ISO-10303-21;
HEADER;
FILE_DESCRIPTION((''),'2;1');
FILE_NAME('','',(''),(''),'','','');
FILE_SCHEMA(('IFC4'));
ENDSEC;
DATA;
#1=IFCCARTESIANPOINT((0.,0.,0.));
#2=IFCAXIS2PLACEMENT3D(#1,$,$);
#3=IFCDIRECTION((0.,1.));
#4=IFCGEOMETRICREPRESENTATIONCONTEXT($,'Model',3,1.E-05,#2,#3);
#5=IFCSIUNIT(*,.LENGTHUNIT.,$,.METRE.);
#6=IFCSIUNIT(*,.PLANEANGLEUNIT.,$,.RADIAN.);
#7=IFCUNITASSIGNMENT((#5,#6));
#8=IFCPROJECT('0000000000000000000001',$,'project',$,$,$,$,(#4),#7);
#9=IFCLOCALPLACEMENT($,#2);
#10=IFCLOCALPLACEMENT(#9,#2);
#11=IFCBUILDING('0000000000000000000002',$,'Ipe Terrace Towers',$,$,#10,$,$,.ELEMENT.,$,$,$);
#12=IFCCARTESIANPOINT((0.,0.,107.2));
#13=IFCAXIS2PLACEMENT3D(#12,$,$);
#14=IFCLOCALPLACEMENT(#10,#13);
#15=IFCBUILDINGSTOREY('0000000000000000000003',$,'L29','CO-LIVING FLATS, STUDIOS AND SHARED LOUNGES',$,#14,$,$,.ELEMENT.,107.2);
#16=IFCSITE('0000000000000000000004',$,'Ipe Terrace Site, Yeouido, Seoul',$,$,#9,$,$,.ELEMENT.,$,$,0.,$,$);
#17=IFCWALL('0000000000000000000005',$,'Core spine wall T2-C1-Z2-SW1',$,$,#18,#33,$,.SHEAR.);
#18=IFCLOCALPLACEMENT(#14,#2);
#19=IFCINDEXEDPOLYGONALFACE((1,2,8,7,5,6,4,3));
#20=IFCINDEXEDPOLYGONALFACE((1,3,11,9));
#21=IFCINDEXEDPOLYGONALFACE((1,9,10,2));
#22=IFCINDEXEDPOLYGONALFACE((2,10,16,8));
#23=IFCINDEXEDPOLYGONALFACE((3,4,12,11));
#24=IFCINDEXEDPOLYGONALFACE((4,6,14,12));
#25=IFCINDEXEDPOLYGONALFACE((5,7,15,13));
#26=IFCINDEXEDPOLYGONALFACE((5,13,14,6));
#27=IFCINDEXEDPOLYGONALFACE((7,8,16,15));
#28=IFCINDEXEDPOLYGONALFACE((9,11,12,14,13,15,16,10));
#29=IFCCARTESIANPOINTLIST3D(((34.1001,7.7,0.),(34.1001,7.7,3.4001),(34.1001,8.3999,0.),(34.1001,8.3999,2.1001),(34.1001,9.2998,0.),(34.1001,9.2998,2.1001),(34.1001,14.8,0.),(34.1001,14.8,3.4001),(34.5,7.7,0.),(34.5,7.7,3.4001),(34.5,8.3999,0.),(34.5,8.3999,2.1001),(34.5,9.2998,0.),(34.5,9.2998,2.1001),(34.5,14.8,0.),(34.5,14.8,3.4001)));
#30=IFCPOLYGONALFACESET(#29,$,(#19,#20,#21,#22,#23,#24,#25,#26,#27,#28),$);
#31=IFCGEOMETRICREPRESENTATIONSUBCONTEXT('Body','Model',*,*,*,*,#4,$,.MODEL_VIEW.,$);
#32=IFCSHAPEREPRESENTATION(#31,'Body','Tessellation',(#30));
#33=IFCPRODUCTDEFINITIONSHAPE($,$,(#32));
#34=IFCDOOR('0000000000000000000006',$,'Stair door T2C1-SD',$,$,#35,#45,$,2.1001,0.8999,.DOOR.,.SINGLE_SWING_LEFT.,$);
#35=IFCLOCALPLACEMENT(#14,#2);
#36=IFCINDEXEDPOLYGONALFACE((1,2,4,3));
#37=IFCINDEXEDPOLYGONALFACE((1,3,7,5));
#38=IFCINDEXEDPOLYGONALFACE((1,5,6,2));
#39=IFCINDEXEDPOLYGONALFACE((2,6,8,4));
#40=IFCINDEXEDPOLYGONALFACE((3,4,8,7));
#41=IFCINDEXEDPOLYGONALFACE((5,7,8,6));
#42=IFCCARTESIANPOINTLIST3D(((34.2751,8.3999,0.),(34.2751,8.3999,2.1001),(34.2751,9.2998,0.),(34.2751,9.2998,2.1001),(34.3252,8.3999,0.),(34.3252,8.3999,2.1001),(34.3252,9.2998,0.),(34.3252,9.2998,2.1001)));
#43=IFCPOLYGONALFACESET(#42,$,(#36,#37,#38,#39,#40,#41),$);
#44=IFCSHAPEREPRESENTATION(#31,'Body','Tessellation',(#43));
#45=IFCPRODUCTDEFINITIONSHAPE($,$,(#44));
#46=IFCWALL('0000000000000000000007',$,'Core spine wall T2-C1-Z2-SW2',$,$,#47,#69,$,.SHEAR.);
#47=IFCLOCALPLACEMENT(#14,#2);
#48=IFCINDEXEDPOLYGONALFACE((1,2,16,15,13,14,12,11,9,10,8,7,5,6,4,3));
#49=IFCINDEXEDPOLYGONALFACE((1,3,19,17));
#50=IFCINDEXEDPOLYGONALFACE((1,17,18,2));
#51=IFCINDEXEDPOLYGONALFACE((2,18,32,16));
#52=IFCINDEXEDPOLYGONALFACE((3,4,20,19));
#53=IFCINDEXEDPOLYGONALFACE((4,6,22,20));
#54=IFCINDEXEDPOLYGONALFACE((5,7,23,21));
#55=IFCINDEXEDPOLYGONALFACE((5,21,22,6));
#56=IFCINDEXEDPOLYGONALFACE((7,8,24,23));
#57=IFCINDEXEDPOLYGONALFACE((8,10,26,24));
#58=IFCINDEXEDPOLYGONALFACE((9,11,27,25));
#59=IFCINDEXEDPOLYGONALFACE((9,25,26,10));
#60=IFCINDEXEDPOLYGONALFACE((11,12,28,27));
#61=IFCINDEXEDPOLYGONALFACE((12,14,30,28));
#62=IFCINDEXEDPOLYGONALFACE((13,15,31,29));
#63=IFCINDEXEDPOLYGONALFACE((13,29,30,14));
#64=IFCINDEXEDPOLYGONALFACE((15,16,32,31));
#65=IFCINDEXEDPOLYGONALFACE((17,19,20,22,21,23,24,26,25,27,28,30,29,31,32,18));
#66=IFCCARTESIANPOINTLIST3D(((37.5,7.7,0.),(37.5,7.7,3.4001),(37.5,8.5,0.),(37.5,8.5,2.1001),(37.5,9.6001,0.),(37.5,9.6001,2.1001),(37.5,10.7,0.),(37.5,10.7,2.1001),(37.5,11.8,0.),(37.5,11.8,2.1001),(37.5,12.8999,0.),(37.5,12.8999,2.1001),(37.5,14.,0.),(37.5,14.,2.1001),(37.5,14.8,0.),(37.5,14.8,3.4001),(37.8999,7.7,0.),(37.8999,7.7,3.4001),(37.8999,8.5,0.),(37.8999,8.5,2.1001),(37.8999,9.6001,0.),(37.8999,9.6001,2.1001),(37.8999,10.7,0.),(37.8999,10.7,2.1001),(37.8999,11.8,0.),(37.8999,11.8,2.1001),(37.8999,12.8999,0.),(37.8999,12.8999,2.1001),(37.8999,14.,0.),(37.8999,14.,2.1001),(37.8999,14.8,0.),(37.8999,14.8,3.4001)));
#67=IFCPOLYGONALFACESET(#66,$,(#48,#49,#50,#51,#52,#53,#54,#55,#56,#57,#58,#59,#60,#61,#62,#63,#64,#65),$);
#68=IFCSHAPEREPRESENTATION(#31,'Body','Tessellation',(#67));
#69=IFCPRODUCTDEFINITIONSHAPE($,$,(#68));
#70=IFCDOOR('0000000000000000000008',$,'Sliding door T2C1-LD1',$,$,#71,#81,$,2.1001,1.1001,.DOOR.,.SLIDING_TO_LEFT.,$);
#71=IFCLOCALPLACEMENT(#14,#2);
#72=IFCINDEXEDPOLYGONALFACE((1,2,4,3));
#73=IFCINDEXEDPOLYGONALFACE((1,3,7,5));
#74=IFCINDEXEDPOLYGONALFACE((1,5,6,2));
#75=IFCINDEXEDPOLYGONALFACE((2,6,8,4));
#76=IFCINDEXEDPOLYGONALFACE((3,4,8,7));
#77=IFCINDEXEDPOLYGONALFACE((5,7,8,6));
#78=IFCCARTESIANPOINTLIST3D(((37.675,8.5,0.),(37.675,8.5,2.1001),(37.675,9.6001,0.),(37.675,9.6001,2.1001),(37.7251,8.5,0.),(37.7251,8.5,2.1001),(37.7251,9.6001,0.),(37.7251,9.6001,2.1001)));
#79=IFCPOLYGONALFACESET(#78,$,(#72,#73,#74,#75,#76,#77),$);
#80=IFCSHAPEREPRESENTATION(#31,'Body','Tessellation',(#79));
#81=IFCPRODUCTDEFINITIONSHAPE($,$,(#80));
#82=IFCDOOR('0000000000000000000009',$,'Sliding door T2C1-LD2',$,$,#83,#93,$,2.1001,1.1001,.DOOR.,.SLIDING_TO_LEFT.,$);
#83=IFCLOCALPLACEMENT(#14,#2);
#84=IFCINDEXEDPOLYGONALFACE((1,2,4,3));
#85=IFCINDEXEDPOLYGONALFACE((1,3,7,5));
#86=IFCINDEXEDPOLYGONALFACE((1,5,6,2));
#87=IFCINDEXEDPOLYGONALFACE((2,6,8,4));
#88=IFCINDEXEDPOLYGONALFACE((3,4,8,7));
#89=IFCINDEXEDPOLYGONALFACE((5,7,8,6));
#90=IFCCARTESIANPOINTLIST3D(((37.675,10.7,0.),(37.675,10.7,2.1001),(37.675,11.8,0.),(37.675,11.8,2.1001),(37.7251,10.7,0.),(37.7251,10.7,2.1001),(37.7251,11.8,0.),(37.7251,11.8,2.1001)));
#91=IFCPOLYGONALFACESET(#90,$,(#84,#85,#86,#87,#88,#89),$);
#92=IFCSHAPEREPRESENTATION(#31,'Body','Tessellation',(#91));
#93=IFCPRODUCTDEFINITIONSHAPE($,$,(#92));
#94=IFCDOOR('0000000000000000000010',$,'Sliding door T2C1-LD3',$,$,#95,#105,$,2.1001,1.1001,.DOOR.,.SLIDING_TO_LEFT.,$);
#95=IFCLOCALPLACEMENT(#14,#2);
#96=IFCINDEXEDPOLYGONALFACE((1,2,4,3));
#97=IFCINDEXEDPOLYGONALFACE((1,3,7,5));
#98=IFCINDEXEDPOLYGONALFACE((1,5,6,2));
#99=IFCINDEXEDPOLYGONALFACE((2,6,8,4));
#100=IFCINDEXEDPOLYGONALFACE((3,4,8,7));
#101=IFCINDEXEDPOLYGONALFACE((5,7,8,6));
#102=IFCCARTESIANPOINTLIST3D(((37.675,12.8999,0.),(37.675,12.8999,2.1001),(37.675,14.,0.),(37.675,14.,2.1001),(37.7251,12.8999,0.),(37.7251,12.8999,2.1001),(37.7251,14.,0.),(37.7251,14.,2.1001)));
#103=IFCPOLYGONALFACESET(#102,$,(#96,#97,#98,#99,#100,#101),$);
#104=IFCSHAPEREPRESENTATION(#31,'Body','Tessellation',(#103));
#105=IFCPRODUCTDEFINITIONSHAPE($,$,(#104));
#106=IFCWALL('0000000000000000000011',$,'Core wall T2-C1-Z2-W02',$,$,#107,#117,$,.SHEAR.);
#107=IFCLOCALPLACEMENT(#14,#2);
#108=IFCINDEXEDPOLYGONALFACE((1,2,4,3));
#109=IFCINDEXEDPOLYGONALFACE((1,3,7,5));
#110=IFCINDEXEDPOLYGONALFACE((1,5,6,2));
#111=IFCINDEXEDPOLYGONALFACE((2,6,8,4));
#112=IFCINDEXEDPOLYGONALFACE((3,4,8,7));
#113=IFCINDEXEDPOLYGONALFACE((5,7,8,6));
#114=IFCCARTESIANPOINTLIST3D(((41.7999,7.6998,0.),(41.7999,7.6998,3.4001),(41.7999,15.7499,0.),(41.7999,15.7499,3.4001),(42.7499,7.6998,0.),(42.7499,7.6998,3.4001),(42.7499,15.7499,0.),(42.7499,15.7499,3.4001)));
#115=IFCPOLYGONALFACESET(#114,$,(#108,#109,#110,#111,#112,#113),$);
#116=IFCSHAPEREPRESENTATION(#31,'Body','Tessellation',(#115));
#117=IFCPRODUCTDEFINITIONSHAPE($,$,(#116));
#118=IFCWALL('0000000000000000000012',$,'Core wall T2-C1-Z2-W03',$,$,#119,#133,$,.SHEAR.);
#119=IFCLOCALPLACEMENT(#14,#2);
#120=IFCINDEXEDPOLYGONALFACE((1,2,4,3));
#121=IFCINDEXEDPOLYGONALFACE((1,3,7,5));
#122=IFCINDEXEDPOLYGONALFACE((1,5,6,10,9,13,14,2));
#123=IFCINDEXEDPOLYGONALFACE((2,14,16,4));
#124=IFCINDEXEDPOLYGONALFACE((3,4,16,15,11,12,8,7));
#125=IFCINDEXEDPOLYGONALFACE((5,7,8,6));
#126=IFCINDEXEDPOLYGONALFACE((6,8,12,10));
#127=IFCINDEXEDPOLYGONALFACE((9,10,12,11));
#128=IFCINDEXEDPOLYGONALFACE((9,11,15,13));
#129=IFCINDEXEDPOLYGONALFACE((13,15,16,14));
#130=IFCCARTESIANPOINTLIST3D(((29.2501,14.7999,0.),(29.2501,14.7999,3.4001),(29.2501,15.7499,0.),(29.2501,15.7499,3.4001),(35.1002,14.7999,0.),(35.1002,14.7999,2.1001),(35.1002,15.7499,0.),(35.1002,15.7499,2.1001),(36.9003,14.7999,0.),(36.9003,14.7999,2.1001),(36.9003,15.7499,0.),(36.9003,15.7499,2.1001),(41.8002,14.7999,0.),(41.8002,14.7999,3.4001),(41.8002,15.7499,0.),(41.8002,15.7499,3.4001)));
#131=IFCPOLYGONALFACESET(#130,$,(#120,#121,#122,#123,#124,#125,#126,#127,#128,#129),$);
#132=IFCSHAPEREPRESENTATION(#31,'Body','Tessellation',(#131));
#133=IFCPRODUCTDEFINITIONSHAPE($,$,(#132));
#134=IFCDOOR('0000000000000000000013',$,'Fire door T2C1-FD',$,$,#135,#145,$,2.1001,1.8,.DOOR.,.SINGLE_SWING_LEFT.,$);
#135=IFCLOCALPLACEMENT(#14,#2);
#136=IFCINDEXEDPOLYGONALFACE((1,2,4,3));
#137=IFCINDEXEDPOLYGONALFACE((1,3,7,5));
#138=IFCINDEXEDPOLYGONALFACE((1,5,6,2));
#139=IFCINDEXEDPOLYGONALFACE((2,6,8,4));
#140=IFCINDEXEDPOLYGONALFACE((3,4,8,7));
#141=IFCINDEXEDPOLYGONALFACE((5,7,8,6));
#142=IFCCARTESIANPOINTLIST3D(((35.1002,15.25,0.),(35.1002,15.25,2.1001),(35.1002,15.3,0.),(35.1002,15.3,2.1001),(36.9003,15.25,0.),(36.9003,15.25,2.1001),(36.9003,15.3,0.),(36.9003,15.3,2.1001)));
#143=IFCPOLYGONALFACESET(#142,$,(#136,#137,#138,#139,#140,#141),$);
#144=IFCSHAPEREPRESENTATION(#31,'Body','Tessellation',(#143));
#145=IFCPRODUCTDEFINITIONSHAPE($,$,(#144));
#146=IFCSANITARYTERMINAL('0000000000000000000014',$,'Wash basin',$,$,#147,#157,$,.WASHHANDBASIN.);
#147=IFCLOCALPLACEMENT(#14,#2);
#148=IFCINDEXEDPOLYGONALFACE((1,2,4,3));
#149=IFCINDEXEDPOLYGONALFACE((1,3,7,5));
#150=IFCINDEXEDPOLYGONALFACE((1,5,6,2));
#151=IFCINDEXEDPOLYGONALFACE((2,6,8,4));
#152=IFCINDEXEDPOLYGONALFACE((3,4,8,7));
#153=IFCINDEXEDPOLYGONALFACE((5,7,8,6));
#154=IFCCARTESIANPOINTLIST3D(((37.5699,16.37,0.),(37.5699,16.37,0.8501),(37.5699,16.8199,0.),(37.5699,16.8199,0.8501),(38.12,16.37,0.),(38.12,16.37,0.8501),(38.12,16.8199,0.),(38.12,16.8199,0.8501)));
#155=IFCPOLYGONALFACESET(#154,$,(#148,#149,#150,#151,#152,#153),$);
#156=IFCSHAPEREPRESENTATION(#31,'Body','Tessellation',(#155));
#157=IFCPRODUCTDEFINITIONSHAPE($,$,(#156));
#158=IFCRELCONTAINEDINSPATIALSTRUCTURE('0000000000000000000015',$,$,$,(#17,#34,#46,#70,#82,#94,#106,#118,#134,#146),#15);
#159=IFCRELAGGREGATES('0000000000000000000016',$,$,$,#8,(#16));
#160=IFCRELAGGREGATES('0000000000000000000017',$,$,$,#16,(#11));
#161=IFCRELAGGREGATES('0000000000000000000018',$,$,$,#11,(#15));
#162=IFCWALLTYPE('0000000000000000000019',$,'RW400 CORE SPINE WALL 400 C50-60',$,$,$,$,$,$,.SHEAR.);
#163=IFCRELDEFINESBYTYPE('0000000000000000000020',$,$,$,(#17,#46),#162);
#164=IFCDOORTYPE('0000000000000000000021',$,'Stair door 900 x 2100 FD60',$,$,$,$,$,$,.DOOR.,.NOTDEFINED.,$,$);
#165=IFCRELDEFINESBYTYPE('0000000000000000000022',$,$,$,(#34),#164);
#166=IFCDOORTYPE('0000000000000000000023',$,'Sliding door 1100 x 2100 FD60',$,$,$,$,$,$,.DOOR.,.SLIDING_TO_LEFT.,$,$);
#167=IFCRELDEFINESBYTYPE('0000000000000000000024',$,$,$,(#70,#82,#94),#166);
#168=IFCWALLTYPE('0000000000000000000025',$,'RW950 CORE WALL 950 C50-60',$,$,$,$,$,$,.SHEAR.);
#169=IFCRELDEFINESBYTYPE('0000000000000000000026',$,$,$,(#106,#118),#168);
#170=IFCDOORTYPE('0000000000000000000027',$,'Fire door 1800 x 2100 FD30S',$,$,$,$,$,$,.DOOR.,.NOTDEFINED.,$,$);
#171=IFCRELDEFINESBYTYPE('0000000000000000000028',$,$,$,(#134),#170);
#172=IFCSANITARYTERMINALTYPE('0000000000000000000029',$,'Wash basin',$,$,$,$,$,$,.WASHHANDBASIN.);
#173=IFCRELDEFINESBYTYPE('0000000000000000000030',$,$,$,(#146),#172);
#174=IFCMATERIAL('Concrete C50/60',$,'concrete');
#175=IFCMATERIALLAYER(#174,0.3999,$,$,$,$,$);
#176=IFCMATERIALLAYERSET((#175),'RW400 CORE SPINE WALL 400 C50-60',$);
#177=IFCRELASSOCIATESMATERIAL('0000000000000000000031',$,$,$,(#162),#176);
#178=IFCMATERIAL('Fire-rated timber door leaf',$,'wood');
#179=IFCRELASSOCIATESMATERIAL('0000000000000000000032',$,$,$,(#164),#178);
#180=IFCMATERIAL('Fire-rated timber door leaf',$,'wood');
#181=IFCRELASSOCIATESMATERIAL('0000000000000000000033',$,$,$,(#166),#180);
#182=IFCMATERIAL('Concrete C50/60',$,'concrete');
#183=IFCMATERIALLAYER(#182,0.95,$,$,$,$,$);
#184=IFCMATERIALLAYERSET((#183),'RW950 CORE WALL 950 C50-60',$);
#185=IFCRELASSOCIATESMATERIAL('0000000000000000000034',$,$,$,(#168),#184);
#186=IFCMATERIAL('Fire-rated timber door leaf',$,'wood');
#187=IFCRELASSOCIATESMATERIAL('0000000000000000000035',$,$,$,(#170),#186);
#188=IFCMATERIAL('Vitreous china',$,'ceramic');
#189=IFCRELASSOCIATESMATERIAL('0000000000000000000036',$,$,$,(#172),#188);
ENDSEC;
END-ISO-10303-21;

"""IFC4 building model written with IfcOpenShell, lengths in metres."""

from ifc_helpers import new_model, si_unit, direction, frame, frame_2d, origin, origin_2d, place, context, subcontext, project, spatial, rectangle, extrude, material, layer, layer_set, type_object, element, fill, save


model = new_model("IFC4")

# Units and contexts
model_context = context("Model", 3, precision=1e-05, world=origin(), true_north=direction((0.0, 1.0)))
body_context = subcontext(model_context, "Body", "Model", "MODEL_VIEW")
ifc_project = project(units=[si_unit("LENGTHUNIT", "METRE"), si_unit("PLANEANGLEUNIT", "RADIAN")], contexts=[model_context])

# Site, building, storey
site_placement = place(None, origin())
site = spatial("IfcSite", under=ifc_project, at=site_placement, Name="Ipe Terrace Site, Yeouido, Seoul", CompositionType="ELEMENT", RefElevation=0.0)
building_placement = place(site_placement, origin())
building = spatial("IfcBuilding", under=site, at=building_placement, Name="Ipe Terrace Towers", CompositionType="ELEMENT")
storey_placement = place(building_placement, frame((0.0, 0.0, 107.2)))
storey = spatial("IfcBuildingStorey", under=building, at=storey_placement, Name="L29", Description="CO-LIVING FLATS, STUDIOS AND SHARED LOUNGES", CompositionType="ELEMENT", Elevation=107.2)

# Wall, opening, door
ifc_material_1 = material(Name="Concrete C50/60", Category="concrete")
ifc_layer_1 = layer(ifc_material_1, 0.3999)
ifc_layer_set_1 = layer_set([ifc_layer_1], Name="RW400 CORE SPINE WALL 400 C50-60")
wall_type_1 = type_object("IfcWallType", Name="RW400 CORE SPINE WALL 400 C50-60", PredefinedType="SHEAR", material=ifc_layer_set_1)
wall_1_placement = place(storey_placement, frame((34.3, 7.7, 0.0), z_axis=(0.0, 0.0, 1.0), x_axis=(0.0, 1.0, 0.0)))
wall_1 = element("IfcWall", 1, at=wall_1_placement, inside=storey, type_object=wall_type_1, Name="Core spine wall T2-C1-Z2-SW1", PredefinedType="SHEAR", context=body_context, shape_type="SweptSolid", body=[
    extrude(rectangle(XDim=7.1001, YDim=0.3999, at=frame_2d((3.55, 0.0))), origin(), (0.0, 0.0, 1.0), 3.4001),
])
opening_1_placement = place(wall_1_placement, frame((0.7, 0.0, 0.0)))
opening_1 = element("IfcOpeningElement", 2, at=opening_1_placement, cuts=wall_1, PredefinedType="OPENING", context=body_context, shape_type="SweptSolid", body=[
    extrude(rectangle(XDim=0.8999, YDim=2.1001, at=frame_2d((0.45, 1.05))), frame((0.0, 0.21, 0.0), z_axis=(0.0, -1.0, 0.0), x_axis=(1.0, 0.0, 0.0)), (0.0, 0.0, 1.0), 0.4199),
])
ifc_material_2 = material(Name="Fire-rated timber door leaf", Category="wood")
door_type_1 = type_object("IfcDoorType", Name="Stair door 900 x 2100 FD60", OperationType="NOTDEFINED", PredefinedType="DOOR", material=ifc_material_2)
door_1_placement = place(opening_1_placement, origin())
door_1 = element("IfcDoor", 3, at=door_1_placement, inside=storey, type_object=door_type_1, Name="Stair door T2C1-SD", OperationType="SINGLE_SWING_LEFT", OverallHeight=2.1001, OverallWidth=0.8999, PredefinedType="DOOR", context=body_context, shape_type="SweptSolid", body=[
    extrude(rectangle(XDim=0.8999, YDim=2.1001, at=frame_2d((0.45, 1.05))), frame((0.0, 0.0249, 0.0), z_axis=(0.0, -1.0, 0.0), x_axis=(1.0, 0.0, 0.0)), (0.0, 0.0, 1.0), 0.05),
])
fill(opening_1, door_1)

# Wall, openings, doors
wall_2_placement = place(storey_placement, frame((37.7, 7.7, 0.0), z_axis=(0.0, 0.0, 1.0), x_axis=(0.0, 1.0, 0.0)))
wall_2 = element("IfcWall", 4, at=wall_2_placement, inside=storey, type_object=wall_type_1, Name="Core spine wall T2-C1-Z2-SW2", PredefinedType="SHEAR", context=body_context, shape_type="SweptSolid", body=[
    extrude(rectangle(XDim=7.1001, YDim=0.3999, at=frame_2d((3.55, 0.0))), origin(), (0.0, 0.0, 1.0), 3.4001),
])
opening_2_placement = place(wall_2_placement, frame((0.8, 0.0, 0.0)))
opening_2 = element("IfcOpeningElement", 5, at=opening_2_placement, cuts=wall_2, PredefinedType="OPENING", context=body_context, shape_type="SweptSolid", body=[
    extrude(rectangle(XDim=1.1001, YDim=2.1001, at=frame_2d((0.55, 1.05))), frame((0.0, 0.21, 0.0), z_axis=(0.0, -1.0, 0.0), x_axis=(1.0, 0.0, 0.0)), (0.0, 0.0, 1.0), 0.4199),
])
opening_3_placement = place(wall_2_placement, frame((3.0, 0.0, 0.0)))
opening_3 = element("IfcOpeningElement", 6, at=opening_3_placement, cuts=wall_2, PredefinedType="OPENING", context=body_context, shape_type="SweptSolid", body=[
    extrude(rectangle(XDim=1.1001, YDim=2.1001, at=frame_2d((0.55, 1.05))), frame((0.0, 0.21, 0.0), z_axis=(0.0, -1.0, 0.0), x_axis=(1.0, 0.0, 0.0)), (0.0, 0.0, 1.0), 0.4199),
])
opening_4_placement = place(wall_2_placement, frame((5.2, 0.0, 0.0)))
opening_4 = element("IfcOpeningElement", 7, at=opening_4_placement, cuts=wall_2, PredefinedType="OPENING", context=body_context, shape_type="SweptSolid", body=[
    extrude(rectangle(XDim=1.1001, YDim=2.1001, at=frame_2d((0.55, 1.05))), frame((0.0, 0.21, 0.0), z_axis=(0.0, -1.0, 0.0), x_axis=(1.0, 0.0, 0.0)), (0.0, 0.0, 1.0), 0.4199),
])
ifc_material_3 = material(Name="Fire-rated timber door leaf", Category="wood")
door_type_2 = type_object("IfcDoorType", Name="Sliding door 1100 x 2100 FD60", OperationType="SLIDING_TO_LEFT", PredefinedType="DOOR", material=ifc_material_3)
door_2_placement = place(opening_2_placement, origin())
door_2 = element("IfcDoor", 8, at=door_2_placement, inside=storey, type_object=door_type_2, Name="Sliding door T2C1-LD1", OperationType="SLIDING_TO_LEFT", OverallHeight=2.1001, OverallWidth=1.1001, PredefinedType="DOOR", context=body_context, shape_type="SweptSolid", body=[
    extrude(rectangle(XDim=1.1001, YDim=2.1001, at=frame_2d((0.55, 1.05))), frame((0.0, 0.0249, 0.0), z_axis=(0.0, -1.0, 0.0), x_axis=(1.0, 0.0, 0.0)), (0.0, 0.0, 1.0), 0.05),
])
fill(opening_2, door_2)
door_3_placement = place(opening_3_placement, origin())
door_3 = element("IfcDoor", 9, at=door_3_placement, inside=storey, type_object=door_type_2, Name="Sliding door T2C1-LD2", OperationType="SLIDING_TO_LEFT", OverallHeight=2.1001, OverallWidth=1.1001, PredefinedType="DOOR", context=body_context, shape_type="SweptSolid", body=[
    extrude(rectangle(XDim=1.1001, YDim=2.1001, at=frame_2d((0.55, 1.05))), frame((0.0, 0.0249, 0.0), z_axis=(0.0, -1.0, 0.0), x_axis=(1.0, 0.0, 0.0)), (0.0, 0.0, 1.0), 0.05),
])
fill(opening_3, door_3)
door_4_placement = place(opening_4_placement, origin())
door_4 = element("IfcDoor", 10, at=door_4_placement, inside=storey, type_object=door_type_2, Name="Sliding door T2C1-LD3", OperationType="SLIDING_TO_LEFT", OverallHeight=2.1001, OverallWidth=1.1001, PredefinedType="DOOR", context=body_context, shape_type="SweptSolid", body=[
    extrude(rectangle(XDim=1.1001, YDim=2.1001, at=frame_2d((0.55, 1.05))), frame((0.0, 0.0249, 0.0), z_axis=(0.0, -1.0, 0.0), x_axis=(1.0, 0.0, 0.0)), (0.0, 0.0, 1.0), 0.05),
])
fill(opening_4, door_4)

# Wall
ifc_material_4 = material(Name="Concrete C50/60", Category="concrete")
ifc_layer_2 = layer(ifc_material_4, 0.95)
ifc_layer_set_2 = layer_set([ifc_layer_2], Name="RW950 CORE WALL 950 C50-60")
wall_type_2 = type_object("IfcWallType", Name="RW950 CORE WALL 950 C50-60", PredefinedType="SHEAR", material=ifc_layer_set_2)
wall_3_placement = place(storey_placement, frame((42.2749, 7.7, 0.0), z_axis=(0.0, 0.0, 1.0), x_axis=(0.0, 1.0, 0.0)))
element("IfcWall", 11, at=wall_3_placement, inside=storey, type_object=wall_type_2, Name="Core wall T2-C1-Z2-W02", PredefinedType="SHEAR", context=body_context, shape_type="SweptSolid", body=[
    extrude(rectangle(XDim=8.05, YDim=0.95, at=frame_2d((4.0249, 0.0))), origin(), (0.0, 0.0, 1.0), 3.4001),
])

# Wall, opening, door
wall_4_placement = place(storey_placement, frame((41.8, 15.2749, 0.0), z_axis=(0.0, 0.0, 1.0), x_axis=(-1.0, 0.0, 0.0)))
wall_4 = element("IfcWall", 12, at=wall_4_placement, inside=storey, type_object=wall_type_2, Name="Core wall T2-C1-Z2-W03", PredefinedType="SHEAR", context=body_context, shape_type="SweptSolid", body=[
    extrude(rectangle(XDim=12.55, YDim=0.95, at=frame_2d((6.2749, 0.0))), origin(), (0.0, 0.0, 1.0), 3.4001),
])
opening_5_placement = place(wall_4_placement, frame((4.8999, 0.0, 0.0)))
opening_5 = element("IfcOpeningElement", 13, at=opening_5_placement, cuts=wall_4, PredefinedType="OPENING", context=body_context, shape_type="SweptSolid", body=[
    extrude(rectangle(XDim=1.8, YDim=2.1001, at=frame_2d((0.8999, 1.05))), frame((0.0, 0.4849, 0.0), z_axis=(0.0, -1.0, 0.0), x_axis=(1.0, 0.0, 0.0)), (0.0, 0.0, 1.0), 0.97),
])
ifc_material_5 = material(Name="Fire-rated timber door leaf", Category="wood")
door_type_3 = type_object("IfcDoorType", Name="Fire door 1800 x 2100 FD30S", OperationType="NOTDEFINED", PredefinedType="DOOR", material=ifc_material_5)
door_5_placement = place(opening_5_placement, origin())
door_5 = element("IfcDoor", 14, at=door_5_placement, inside=storey, type_object=door_type_3, Name="Fire door T2C1-FD", OperationType="SINGLE_SWING_LEFT", OverallHeight=2.1001, OverallWidth=1.8, PredefinedType="DOOR", context=body_context, shape_type="SweptSolid", body=[
    extrude(rectangle(XDim=1.8, YDim=2.1001, at=frame_2d((0.8999, 1.05))), frame((0.0, 0.0249, 0.0), z_axis=(0.0, -1.0, 0.0), x_axis=(1.0, 0.0, 0.0)), (0.0, 0.0, 1.0), 0.05),
])
fill(opening_5, door_5)

# Sanitary terminal
ifc_material_6 = material(Name="Vitreous china", Category="ceramic")
sanitary_terminal_type_1 = type_object("IfcSanitaryTerminalType", Name="Wash basin", PredefinedType="WASHHANDBASIN", material=ifc_material_6)
sanitary_terminal_1_placement = place(storey_placement, frame((37.845, 16.595, 0.0), z_axis=(0.0, 0.0, 1.0), x_axis=(1.0, 0.0, 0.0)))
element("IfcSanitaryTerminal", 15, at=sanitary_terminal_1_placement, inside=storey, type_object=sanitary_terminal_type_1, Name="Wash basin", PredefinedType="WASHHANDBASIN", context=body_context, shape_type="SweptSolid", body=[
    extrude(rectangle(XDim=0.55, YDim=0.45, at=origin_2d()), origin(), (0.0, 0.0, 1.0), 0.8501),
])

save(model, "model.ifc")
